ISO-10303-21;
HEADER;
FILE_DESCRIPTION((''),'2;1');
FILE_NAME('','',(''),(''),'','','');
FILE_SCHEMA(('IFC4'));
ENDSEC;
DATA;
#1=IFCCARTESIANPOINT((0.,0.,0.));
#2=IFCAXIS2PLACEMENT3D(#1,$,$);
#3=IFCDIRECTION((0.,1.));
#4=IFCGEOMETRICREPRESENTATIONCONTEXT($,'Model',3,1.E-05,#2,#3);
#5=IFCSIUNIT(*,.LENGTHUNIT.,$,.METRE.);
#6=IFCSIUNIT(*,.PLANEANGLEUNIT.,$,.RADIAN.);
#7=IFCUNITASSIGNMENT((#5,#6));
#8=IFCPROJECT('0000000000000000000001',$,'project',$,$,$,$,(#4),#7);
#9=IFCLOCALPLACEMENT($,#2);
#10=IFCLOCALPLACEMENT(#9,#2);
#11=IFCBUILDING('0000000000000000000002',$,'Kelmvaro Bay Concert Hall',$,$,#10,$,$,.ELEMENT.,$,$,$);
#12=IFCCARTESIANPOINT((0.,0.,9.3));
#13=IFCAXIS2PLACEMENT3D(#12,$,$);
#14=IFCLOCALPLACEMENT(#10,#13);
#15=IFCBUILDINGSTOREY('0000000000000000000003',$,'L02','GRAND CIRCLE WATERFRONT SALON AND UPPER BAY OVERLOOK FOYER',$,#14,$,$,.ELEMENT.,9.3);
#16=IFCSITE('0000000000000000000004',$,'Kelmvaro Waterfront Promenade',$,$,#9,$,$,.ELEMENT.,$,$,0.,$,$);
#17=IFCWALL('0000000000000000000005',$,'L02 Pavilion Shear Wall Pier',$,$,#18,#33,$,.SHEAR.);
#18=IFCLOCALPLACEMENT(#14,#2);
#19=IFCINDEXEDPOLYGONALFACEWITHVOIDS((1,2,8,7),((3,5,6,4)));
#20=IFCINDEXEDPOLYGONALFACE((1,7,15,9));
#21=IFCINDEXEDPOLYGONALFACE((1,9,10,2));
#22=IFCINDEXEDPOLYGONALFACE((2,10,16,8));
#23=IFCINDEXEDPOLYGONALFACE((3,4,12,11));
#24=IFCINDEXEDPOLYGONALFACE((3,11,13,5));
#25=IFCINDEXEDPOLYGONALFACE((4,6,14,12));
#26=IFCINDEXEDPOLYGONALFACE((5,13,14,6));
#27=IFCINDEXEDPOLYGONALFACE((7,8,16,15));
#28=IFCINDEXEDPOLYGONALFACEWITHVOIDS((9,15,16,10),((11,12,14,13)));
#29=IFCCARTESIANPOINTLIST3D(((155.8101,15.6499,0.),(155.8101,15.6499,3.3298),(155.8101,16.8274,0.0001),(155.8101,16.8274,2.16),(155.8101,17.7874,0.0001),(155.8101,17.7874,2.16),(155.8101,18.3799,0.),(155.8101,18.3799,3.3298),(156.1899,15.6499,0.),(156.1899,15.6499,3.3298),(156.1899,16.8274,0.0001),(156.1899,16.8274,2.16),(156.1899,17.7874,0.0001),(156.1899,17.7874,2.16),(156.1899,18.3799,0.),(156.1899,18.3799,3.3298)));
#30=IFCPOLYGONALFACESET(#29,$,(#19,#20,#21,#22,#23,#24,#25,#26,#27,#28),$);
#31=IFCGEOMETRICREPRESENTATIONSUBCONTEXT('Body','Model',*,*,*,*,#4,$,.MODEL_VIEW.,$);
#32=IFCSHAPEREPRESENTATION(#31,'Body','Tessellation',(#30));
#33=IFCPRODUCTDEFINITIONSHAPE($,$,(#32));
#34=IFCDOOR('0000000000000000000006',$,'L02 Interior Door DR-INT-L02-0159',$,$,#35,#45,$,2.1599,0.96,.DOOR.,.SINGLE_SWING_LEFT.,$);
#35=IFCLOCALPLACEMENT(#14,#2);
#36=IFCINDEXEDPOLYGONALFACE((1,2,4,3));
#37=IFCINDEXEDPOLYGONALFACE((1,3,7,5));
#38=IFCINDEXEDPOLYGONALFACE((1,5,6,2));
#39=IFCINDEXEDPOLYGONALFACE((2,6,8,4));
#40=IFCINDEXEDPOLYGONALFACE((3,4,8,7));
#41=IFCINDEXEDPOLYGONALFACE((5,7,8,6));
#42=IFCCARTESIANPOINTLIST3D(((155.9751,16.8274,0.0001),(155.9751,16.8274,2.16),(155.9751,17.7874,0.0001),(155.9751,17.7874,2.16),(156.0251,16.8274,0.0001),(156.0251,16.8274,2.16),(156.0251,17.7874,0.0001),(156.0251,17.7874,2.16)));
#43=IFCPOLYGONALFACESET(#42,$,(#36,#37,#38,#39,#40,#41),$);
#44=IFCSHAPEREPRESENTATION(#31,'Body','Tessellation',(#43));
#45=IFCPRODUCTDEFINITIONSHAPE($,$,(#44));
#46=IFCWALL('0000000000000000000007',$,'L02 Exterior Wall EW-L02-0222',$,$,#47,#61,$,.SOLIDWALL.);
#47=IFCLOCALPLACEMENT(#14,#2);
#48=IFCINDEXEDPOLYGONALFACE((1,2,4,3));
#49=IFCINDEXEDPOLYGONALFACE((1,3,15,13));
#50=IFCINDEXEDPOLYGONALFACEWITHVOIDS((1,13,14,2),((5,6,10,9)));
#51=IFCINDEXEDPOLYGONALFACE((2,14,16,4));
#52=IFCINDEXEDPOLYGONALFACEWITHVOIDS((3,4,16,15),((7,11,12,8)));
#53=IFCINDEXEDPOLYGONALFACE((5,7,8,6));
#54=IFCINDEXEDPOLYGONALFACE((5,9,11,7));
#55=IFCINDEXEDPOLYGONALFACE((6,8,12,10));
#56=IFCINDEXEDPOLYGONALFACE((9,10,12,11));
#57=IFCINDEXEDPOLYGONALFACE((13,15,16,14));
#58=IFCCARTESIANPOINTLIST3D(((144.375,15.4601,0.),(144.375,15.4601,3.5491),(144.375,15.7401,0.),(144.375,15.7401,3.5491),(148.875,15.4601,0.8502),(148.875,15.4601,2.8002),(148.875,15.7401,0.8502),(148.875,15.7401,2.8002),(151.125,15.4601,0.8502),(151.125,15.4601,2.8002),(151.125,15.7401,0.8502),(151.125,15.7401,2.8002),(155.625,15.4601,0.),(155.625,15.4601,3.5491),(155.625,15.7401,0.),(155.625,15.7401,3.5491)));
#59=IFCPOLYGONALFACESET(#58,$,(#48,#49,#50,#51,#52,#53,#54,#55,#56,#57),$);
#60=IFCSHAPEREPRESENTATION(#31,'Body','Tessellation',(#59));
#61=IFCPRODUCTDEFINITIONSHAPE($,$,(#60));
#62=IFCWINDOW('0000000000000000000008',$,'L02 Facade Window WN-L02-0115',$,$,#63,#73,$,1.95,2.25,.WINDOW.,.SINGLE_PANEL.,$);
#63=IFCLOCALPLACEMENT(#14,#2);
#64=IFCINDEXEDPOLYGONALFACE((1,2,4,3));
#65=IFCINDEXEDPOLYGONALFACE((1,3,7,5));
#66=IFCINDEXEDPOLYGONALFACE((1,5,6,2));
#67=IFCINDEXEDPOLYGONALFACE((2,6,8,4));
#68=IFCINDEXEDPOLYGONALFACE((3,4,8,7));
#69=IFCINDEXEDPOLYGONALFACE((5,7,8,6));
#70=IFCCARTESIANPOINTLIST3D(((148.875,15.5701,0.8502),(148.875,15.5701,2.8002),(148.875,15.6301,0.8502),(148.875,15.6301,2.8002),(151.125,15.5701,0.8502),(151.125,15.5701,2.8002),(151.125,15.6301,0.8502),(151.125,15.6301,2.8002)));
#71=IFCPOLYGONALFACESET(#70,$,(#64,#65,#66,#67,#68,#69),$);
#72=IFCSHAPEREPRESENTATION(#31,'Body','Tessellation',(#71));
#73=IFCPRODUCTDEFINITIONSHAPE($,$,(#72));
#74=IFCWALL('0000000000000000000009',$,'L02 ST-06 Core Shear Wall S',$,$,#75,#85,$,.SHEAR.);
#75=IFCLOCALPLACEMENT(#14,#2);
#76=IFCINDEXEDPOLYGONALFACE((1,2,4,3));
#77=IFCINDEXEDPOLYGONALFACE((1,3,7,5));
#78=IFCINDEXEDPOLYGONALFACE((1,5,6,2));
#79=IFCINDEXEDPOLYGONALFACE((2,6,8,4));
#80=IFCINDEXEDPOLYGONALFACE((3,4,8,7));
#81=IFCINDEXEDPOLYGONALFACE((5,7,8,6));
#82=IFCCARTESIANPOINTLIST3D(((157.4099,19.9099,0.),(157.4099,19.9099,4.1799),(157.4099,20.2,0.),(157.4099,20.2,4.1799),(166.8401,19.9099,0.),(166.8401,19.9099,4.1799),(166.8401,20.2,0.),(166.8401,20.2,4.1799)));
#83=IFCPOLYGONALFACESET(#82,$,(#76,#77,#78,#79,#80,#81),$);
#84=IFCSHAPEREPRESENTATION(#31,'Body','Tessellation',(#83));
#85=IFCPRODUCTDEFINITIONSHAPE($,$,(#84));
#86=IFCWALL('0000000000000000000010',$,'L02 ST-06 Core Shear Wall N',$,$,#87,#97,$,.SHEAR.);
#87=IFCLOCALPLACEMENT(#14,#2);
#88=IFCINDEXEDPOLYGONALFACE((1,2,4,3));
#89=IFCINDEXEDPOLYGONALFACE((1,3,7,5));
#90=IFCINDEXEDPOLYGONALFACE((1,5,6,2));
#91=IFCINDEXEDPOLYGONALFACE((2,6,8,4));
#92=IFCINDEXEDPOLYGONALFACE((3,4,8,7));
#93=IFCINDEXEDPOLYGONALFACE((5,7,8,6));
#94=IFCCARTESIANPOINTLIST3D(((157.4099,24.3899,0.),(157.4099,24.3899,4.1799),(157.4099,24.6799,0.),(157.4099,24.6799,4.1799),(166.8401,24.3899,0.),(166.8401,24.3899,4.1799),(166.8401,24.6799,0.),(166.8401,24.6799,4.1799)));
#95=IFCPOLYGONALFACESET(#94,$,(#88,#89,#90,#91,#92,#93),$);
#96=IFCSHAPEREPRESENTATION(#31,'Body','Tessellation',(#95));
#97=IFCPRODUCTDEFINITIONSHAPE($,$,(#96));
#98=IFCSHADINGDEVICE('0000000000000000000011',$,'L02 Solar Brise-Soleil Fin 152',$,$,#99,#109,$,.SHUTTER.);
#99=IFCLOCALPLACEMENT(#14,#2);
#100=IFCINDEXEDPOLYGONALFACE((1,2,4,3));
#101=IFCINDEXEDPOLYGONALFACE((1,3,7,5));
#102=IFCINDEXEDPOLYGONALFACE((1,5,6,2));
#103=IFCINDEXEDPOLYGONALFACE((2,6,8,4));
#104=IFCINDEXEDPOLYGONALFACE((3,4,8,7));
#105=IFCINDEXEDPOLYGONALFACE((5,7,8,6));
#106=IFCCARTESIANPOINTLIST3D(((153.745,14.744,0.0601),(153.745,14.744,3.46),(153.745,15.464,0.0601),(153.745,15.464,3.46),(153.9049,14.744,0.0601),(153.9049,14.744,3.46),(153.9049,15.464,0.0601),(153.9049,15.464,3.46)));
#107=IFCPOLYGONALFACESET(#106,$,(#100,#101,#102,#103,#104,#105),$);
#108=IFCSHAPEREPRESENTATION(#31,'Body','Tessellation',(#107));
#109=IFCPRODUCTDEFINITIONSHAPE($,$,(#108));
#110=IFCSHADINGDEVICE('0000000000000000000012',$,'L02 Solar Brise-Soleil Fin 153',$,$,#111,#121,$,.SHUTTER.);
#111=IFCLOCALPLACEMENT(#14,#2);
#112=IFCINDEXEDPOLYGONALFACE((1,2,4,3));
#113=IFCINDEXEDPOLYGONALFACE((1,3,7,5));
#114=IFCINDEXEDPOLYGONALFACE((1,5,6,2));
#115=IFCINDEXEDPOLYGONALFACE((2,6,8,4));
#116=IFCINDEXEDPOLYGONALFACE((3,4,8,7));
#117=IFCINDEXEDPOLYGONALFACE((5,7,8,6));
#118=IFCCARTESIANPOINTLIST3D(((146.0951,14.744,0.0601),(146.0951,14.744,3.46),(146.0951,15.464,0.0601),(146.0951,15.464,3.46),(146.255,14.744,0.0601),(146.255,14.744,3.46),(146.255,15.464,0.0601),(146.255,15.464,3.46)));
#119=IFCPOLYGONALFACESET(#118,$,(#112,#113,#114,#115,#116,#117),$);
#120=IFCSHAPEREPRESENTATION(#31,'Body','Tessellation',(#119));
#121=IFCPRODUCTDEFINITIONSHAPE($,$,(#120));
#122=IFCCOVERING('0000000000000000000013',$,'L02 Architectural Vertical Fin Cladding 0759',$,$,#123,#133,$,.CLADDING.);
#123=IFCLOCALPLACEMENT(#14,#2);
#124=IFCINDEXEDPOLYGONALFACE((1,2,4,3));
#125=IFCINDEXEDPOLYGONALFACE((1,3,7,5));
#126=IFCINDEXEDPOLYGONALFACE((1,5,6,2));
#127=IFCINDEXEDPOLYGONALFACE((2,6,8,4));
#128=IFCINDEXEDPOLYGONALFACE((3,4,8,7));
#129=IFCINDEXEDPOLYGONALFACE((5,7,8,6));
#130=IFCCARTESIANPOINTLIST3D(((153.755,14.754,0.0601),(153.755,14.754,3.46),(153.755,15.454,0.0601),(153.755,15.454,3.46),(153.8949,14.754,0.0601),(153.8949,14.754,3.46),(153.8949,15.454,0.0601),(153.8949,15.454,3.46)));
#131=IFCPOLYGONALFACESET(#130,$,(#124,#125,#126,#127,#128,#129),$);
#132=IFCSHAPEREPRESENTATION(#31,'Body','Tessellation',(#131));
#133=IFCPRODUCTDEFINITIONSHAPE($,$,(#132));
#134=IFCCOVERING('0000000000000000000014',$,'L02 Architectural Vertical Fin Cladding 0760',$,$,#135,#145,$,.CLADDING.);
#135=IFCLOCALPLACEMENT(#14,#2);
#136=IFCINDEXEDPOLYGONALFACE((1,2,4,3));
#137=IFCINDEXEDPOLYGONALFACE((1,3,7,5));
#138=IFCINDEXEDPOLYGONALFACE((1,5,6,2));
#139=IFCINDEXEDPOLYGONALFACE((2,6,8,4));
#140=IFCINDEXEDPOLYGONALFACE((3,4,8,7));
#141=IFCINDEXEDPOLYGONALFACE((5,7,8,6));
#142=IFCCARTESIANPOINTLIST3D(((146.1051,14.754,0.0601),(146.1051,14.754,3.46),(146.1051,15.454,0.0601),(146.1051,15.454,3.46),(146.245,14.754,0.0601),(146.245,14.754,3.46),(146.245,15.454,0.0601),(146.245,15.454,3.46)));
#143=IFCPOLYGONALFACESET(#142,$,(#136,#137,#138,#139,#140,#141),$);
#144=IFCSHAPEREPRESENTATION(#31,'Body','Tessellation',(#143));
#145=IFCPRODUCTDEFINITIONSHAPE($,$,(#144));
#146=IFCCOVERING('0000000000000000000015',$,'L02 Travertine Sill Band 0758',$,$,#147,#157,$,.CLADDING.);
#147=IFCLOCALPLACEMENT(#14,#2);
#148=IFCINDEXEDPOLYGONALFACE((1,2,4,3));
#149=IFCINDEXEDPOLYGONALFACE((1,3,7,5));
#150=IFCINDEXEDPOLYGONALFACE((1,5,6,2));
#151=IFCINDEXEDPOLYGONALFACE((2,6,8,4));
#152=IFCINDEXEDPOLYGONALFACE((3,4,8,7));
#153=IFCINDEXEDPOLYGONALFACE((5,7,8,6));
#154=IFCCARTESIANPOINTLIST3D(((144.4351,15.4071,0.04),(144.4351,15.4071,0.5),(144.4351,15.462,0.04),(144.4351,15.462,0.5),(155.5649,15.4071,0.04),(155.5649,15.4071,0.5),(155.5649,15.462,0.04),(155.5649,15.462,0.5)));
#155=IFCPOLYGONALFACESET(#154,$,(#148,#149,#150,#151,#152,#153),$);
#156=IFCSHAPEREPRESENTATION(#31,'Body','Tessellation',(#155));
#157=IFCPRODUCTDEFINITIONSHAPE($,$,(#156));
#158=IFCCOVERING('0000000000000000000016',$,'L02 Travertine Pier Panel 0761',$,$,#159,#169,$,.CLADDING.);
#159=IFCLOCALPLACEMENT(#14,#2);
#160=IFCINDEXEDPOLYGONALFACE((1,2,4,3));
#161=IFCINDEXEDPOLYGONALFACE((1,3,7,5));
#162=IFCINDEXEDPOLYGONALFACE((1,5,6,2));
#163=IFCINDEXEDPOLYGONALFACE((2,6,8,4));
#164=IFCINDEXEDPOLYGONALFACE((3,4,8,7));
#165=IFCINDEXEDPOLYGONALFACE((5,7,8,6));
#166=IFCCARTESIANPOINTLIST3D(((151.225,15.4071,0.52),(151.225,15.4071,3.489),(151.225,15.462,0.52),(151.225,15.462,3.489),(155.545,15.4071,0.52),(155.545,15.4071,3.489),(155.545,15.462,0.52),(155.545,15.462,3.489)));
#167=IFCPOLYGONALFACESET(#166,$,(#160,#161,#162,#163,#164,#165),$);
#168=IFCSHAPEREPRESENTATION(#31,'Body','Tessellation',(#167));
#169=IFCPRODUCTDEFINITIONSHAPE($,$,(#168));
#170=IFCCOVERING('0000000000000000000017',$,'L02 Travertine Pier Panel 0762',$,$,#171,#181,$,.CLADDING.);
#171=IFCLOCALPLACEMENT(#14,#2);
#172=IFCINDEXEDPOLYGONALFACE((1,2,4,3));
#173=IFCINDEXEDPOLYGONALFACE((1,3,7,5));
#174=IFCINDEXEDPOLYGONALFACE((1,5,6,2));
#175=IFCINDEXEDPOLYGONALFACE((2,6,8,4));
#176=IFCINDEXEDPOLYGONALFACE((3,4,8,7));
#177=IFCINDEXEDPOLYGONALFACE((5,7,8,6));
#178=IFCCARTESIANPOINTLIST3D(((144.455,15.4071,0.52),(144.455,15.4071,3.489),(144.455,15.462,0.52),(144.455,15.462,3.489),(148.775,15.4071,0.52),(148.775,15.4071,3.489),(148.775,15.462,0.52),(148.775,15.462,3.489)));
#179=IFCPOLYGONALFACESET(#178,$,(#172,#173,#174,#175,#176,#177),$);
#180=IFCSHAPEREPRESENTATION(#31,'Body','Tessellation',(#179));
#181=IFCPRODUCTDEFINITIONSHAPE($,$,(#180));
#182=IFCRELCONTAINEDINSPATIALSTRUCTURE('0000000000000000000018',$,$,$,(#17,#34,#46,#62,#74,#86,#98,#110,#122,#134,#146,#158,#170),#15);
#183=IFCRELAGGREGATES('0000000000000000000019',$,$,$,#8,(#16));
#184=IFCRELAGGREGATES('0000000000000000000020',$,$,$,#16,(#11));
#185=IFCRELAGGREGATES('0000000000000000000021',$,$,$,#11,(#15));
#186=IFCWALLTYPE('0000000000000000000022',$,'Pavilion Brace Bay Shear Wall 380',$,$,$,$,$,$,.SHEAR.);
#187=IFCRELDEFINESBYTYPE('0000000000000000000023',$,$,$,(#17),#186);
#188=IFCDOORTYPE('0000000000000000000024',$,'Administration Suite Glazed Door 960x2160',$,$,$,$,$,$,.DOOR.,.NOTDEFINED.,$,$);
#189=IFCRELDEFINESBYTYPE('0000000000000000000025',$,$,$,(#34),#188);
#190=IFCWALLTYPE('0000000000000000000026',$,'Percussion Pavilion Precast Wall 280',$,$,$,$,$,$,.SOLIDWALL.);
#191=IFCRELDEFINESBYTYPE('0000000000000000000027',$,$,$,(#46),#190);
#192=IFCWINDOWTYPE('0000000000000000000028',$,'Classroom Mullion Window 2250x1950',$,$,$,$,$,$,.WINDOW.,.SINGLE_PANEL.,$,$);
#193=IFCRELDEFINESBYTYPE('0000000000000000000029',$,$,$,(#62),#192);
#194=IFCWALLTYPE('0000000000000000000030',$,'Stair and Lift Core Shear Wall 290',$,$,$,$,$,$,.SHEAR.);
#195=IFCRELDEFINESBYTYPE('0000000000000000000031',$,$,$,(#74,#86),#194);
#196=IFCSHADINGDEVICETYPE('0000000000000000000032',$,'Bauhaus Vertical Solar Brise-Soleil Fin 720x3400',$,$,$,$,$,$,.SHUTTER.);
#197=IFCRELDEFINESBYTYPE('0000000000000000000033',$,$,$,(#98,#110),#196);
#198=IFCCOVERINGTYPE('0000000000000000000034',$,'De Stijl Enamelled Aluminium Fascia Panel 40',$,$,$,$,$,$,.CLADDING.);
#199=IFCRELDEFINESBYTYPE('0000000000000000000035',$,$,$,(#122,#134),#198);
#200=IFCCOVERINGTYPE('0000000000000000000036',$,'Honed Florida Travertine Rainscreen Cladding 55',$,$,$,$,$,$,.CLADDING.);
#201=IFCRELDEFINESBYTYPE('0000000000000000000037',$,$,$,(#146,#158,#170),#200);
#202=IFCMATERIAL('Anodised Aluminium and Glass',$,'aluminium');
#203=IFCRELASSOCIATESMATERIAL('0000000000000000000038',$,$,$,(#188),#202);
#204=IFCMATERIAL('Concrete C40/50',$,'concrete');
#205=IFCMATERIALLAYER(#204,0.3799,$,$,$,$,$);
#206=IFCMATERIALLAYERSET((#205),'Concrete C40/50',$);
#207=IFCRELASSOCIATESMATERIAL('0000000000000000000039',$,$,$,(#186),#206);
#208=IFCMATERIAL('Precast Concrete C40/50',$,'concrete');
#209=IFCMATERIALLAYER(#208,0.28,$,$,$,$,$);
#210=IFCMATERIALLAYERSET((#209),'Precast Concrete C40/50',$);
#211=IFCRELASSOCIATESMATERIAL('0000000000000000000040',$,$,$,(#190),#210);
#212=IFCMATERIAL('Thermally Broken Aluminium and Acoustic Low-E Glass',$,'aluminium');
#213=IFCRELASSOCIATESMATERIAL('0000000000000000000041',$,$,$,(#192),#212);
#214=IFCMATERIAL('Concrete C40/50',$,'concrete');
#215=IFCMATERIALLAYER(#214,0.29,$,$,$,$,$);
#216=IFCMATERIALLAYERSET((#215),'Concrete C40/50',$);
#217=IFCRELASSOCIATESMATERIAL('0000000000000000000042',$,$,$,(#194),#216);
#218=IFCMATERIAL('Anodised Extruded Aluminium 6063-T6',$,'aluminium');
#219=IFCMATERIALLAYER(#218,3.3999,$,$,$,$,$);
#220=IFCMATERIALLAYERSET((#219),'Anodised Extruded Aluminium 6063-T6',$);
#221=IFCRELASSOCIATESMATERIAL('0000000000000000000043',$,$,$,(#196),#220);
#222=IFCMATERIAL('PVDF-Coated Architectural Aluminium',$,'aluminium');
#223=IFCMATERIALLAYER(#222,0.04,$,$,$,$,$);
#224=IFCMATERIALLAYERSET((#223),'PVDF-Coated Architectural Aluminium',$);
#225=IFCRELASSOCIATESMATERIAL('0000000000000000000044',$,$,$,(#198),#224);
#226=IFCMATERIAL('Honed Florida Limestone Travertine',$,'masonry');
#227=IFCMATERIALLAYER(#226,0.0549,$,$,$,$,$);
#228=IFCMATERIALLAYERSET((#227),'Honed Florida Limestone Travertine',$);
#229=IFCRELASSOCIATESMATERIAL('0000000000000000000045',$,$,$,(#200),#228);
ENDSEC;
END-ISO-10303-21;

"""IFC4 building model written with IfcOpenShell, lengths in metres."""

from ifc_helpers import new_model, si_unit, direction, frame, frame_2d, origin, origin_2d, place, context, subcontext, project, spatial, rectangle, extrude, material, layer, layer_set, type_object, element, fill, save


model = new_model("IFC4")

# Units and contexts
model_context = context("Model", 3, precision=1e-05, world=origin(), true_north=direction((0.0, 1.0)))
body_context = subcontext(model_context, "Body", "Model", "MODEL_VIEW")
ifc_project = project(units=[si_unit("LENGTHUNIT", "METRE"), si_unit("PLANEANGLEUNIT", "RADIAN")], contexts=[model_context])

# Site, building, storey
site_placement = place(None, origin())
site = spatial("IfcSite", under=ifc_project, at=site_placement, Name="Kelmvaro Waterfront Promenade", CompositionType="ELEMENT", RefElevation=0.0)
building_placement = place(site_placement, origin())
building = spatial("IfcBuilding", under=site, at=building_placement, Name="Kelmvaro Bay Concert Hall", CompositionType="ELEMENT")
storey_placement = place(building_placement, frame((0.0, 0.0, 9.3)))
storey = spatial("IfcBuildingStorey", under=building, at=storey_placement, Name="L02", Description="GRAND CIRCLE WATERFRONT SALON AND UPPER BAY OVERLOOK FOYER", CompositionType="ELEMENT", Elevation=9.3)

# Wall, opening, door
ifc_material_1 = material(Name="Anodised Aluminium and Glass", Category="aluminium")
door_type = type_object("IfcDoorType", Name="Administration Suite Glazed Door 960x2160", OperationType="NOTDEFINED", PredefinedType="DOOR", material=ifc_material_1)
ifc_material_2 = material(Name="Concrete C40/50", Category="concrete")
ifc_layer_1 = layer(ifc_material_2, 0.3799)
ifc_layer_set_1 = layer_set([ifc_layer_1], Name="Concrete C40/50")
wall_type_1 = type_object("IfcWallType", Name="Pavilion Brace Bay Shear Wall 380", PredefinedType="SHEAR", material=ifc_layer_set_1)
wall_1_placement = place(storey_placement, frame((156.0, 15.6499, 0.0), z_axis=(0.0, 0.0, 1.0), x_axis=(0.0, 1.0, 0.0)))
wall_1 = element("IfcWall", 1, at=wall_1_placement, inside=storey, type_object=wall_type_1, Name="L02 Pavilion Shear Wall Pier", PredefinedType="SHEAR", context=body_context, shape_type="SweptSolid", body=[
    extrude(rectangle(XDim=2.73, YDim=0.3799, at=frame_2d((1.365, 0.0))), origin(), (0.0, 0.0, 1.0), 3.3298),
])
opening_1_placement = place(wall_1_placement, frame((1.1775, 0.0, 0.0)))
opening_1 = element("IfcOpeningElement", 2, at=opening_1_placement, cuts=wall_1, PredefinedType="OPENING", context=body_context, shape_type="SweptSolid", body=[
    extrude(rectangle(XDim=0.96, YDim=2.1599, at=frame_2d((0.48, 1.0801))), frame((0.0, 0.2, 0.0), z_axis=(0.0, -1.0, 0.0), x_axis=(1.0, 0.0, 0.0)), (0.0, 0.0, 1.0), 0.3999),
])
door_1_placement = place(opening_1_placement, origin())
door_1 = element("IfcDoor", 3, at=door_1_placement, inside=storey, type_object=door_type, Name="L02 Interior Door DR-INT-L02-0159", OperationType="SINGLE_SWING_LEFT", OverallHeight=2.1599, OverallWidth=0.96, PredefinedType="DOOR", context=body_context, shape_type="SweptSolid", body=[
    extrude(rectangle(XDim=0.96, YDim=2.1599, at=frame_2d((0.48, 1.0801))), frame((0.0, 0.0249, 0.0), z_axis=(0.0, -1.0, 0.0), x_axis=(1.0, 0.0, 0.0)), (0.0, 0.0, 1.0), 0.05),
])
fill(opening_1, door_1)

# Wall, opening, window
ifc_material_3 = material(Name="Precast Concrete C40/50", Category="concrete")
ifc_layer_2 = layer(ifc_material_3, 0.28)
ifc_layer_set_2 = layer_set([ifc_layer_2], Name="Precast Concrete C40/50")
wall_type_2 = type_object("IfcWallType", Name="Percussion Pavilion Precast Wall 280", PredefinedType="SOLIDWALL", material=ifc_layer_set_2)
wall_2_placement = place(storey_placement, frame((155.625, 15.6001, 0.0), z_axis=(0.0, 0.0, 1.0), x_axis=(-1.0, 0.0, 0.0)))
wall_2 = element("IfcWall", 4, at=wall_2_placement, inside=storey, type_object=wall_type_2, Name="L02 Exterior Wall EW-L02-0222", PredefinedType="SOLIDWALL", context=body_context, shape_type="SweptSolid", body=[
    extrude(rectangle(XDim=11.25, YDim=0.28, at=frame_2d((5.625, 0.0))), origin(), (0.0, 0.0, 1.0), 3.5491),
])
opening_2_placement = place(wall_2_placement, frame((4.5, 0.0, 0.8501)))
opening_2 = element("IfcOpeningElement", 5, at=opening_2_placement, cuts=wall_2, PredefinedType="OPENING", context=body_context, shape_type="SweptSolid", body=[
    extrude(rectangle(XDim=2.25, YDim=1.95, at=frame_2d((1.125, 0.9751))), frame((0.0, 0.1499, 0.0), z_axis=(0.0, -1.0, 0.0), x_axis=(1.0, 0.0, 0.0)), (0.0, 0.0, 1.0), 0.3),
])
ifc_material_4 = material(Name="Thermally Broken Aluminium and Acoustic Low-E Glass", Category="aluminium")
window_type = type_object("IfcWindowType", Name="Classroom Mullion Window 2250x1950", PartitioningType="SINGLE_PANEL", PredefinedType="WINDOW", material=ifc_material_4)
window_placement = place(opening_2_placement, origin())
window = element("IfcWindow", 6, at=window_placement, inside=storey, type_object=window_type, Name="L02 Facade Window WN-L02-0115", OverallHeight=1.95, OverallWidth=2.25, PartitioningType="SINGLE_PANEL", PredefinedType="WINDOW", context=body_context, shape_type="SweptSolid", body=[
    extrude(rectangle(XDim=2.25, YDim=1.95, at=frame_2d((1.125, 0.9751))), frame((0.0, 0.03, 0.0), z_axis=(0.0, -1.0, 0.0), x_axis=(1.0, 0.0, 0.0)), (0.0, 0.0, 1.0), 0.0601),
])
fill(opening_2, window)

# Walls
ifc_material_5 = material(Name="Concrete C40/50", Category="concrete")
ifc_layer_3 = layer(ifc_material_5, 0.29)
ifc_layer_set_3 = layer_set([ifc_layer_3], Name="Concrete C40/50")
wall_type_3 = type_object("IfcWallType", Name="Stair and Lift Core Shear Wall 290", PredefinedType="SHEAR", material=ifc_layer_set_3)
for number, where, z_axis, x_axis, name in (
    (7, (157.4099, 20.0549, 0.0), (0.0, 0.0, 1.0), (1.0, 0.0, 0.0), "L02 ST-06 Core Shear Wall S"),
    (8, (157.4099, 24.5349, 0.0), (0.0, 0.0, 1.0), (1.0, 0.0, 0.0), "L02 ST-06 Core Shear Wall N"),
):
    element("IfcWall", number, at=place(storey_placement, frame(where, z_axis=z_axis, x_axis=x_axis)), inside=storey, type_object=wall_type_3, Name=name, PredefinedType="SHEAR", context=body_context, shape_type="SweptSolid", body=[
        extrude(rectangle(XDim=9.4302, YDim=0.29, at=frame_2d((4.7151, 0.0))), origin(), (0.0, 0.0, 1.0), 4.1799),
    ])

# Shading devices
ifc_material_6 = material(Name="Anodised Extruded Aluminium 6063-T6", Category="aluminium")
ifc_layer_4 = layer(ifc_material_6, 3.3999)
ifc_layer_set_4 = layer_set([ifc_layer_4], Name="Anodised Extruded Aluminium 6063-T6")
shading_device_type = type_object("IfcShadingDeviceType", Name="Bauhaus Vertical Solar Brise-Soleil Fin 720x3400", PredefinedType="SHUTTER", material=ifc_layer_set_4)
for number, where, z_axis, x_axis, name in (
    (9, (153.825, 15.104, 0.0601), (0.0, 0.0, 1.0), (-1.0, 0.0, 0.0), "L02 Solar Brise-Soleil Fin 152"),
    (10, (146.175, 15.104, 0.0601), (0.0, 0.0, 1.0), (-1.0, 0.0, 0.0), "L02 Solar Brise-Soleil Fin 153"),
):
    element("IfcShadingDevice", number, at=place(storey_placement, frame(where, z_axis=z_axis, x_axis=x_axis)), inside=storey, type_object=shading_device_type, Name=name, PredefinedType="SHUTTER", context=body_context, shape_type="SweptSolid", body=[
        extrude(rectangle(XDim=0.1599, YDim=0.72, at=origin_2d()), origin(), (0.0, 0.0, 1.0), 3.3999),
    ])

# Coverings
ifc_material_7 = material(Name="PVDF-Coated Architectural Aluminium", Category="aluminium")
ifc_layer_5 = layer(ifc_material_7, 0.04)
ifc_layer_set_5 = layer_set([ifc_layer_5], Name="PVDF-Coated Architectural Aluminium")
covering_type_1 = type_object("IfcCoveringType", Name="De Stijl Enamelled Aluminium Fascia Panel 40", PredefinedType="CLADDING", material=ifc_layer_set_5)
for number, where, z_axis, x_axis, name in (
    (11, (153.825, 15.104, 0.0601), (0.0, 0.0, 1.0), (-1.0, 0.0, 0.0), "L02 Architectural Vertical Fin Cladding 0759"),
    (12, (146.175, 15.104, 0.0601), (0.0, 0.0, 1.0), (-1.0, 0.0, 0.0), "L02 Architectural Vertical Fin Cladding 0760"),
):
    element("IfcCovering", number, at=place(storey_placement, frame(where, z_axis=z_axis, x_axis=x_axis)), inside=storey, type_object=covering_type_1, Name=name, PredefinedType="CLADDING", context=body_context, shape_type="SweptSolid", body=[
        extrude(rectangle(XDim=0.1399, YDim=0.7, at=origin_2d()), origin(), (0.0, 0.0, 1.0), 3.3999),
    ])
ifc_material_8 = material(Name="Honed Florida Limestone Travertine", Category="masonry")
ifc_layer_6 = layer(ifc_material_8, 0.0549)
ifc_layer_set_6 = layer_set([ifc_layer_6], Name="Honed Florida Limestone Travertine")
covering_type_2 = type_object("IfcCoveringType", Name="Honed Florida Travertine Rainscreen Cladding 55", PredefinedType="CLADDING", material=ifc_layer_set_6)
covering_placement = place(storey_placement, frame((150.0, 15.4346, 0.04), z_axis=(0.0, 0.0, 1.0), x_axis=(-1.0, 0.0, 0.0)))
element("IfcCovering", 13, at=covering_placement, inside=storey, type_object=covering_type_2, Name="L02 Travertine Sill Band 0758", PredefinedType="CLADDING", context=body_context, shape_type="SweptSolid", body=[
    extrude(rectangle(XDim=11.1299, YDim=0.0549, at=origin_2d()), origin(), (0.0, 0.0, 1.0), 0.46),
])
for number, where, z_axis, x_axis, name in (
    (14, (153.385, 15.4346, 0.52), (0.0, 0.0, 1.0), (-1.0, 0.0, 0.0), "L02 Travertine Pier Panel 0761"),
    (15, (146.615, 15.4346, 0.52), (0.0, 0.0, 1.0), (-1.0, 0.0, 0.0), "L02 Travertine Pier Panel 0762"),
):
    element("IfcCovering", number, at=place(storey_placement, frame(where, z_axis=z_axis, x_axis=x_axis)), inside=storey, type_object=covering_type_2, Name=name, PredefinedType="CLADDING", context=body_context, shape_type="SweptSolid", body=[
        extrude(rectangle(XDim=4.3201, YDim=0.0549, at=origin_2d()), origin(), (0.0, 0.0, 1.0), 2.969),
    ])

save(model, "model.ifc")
